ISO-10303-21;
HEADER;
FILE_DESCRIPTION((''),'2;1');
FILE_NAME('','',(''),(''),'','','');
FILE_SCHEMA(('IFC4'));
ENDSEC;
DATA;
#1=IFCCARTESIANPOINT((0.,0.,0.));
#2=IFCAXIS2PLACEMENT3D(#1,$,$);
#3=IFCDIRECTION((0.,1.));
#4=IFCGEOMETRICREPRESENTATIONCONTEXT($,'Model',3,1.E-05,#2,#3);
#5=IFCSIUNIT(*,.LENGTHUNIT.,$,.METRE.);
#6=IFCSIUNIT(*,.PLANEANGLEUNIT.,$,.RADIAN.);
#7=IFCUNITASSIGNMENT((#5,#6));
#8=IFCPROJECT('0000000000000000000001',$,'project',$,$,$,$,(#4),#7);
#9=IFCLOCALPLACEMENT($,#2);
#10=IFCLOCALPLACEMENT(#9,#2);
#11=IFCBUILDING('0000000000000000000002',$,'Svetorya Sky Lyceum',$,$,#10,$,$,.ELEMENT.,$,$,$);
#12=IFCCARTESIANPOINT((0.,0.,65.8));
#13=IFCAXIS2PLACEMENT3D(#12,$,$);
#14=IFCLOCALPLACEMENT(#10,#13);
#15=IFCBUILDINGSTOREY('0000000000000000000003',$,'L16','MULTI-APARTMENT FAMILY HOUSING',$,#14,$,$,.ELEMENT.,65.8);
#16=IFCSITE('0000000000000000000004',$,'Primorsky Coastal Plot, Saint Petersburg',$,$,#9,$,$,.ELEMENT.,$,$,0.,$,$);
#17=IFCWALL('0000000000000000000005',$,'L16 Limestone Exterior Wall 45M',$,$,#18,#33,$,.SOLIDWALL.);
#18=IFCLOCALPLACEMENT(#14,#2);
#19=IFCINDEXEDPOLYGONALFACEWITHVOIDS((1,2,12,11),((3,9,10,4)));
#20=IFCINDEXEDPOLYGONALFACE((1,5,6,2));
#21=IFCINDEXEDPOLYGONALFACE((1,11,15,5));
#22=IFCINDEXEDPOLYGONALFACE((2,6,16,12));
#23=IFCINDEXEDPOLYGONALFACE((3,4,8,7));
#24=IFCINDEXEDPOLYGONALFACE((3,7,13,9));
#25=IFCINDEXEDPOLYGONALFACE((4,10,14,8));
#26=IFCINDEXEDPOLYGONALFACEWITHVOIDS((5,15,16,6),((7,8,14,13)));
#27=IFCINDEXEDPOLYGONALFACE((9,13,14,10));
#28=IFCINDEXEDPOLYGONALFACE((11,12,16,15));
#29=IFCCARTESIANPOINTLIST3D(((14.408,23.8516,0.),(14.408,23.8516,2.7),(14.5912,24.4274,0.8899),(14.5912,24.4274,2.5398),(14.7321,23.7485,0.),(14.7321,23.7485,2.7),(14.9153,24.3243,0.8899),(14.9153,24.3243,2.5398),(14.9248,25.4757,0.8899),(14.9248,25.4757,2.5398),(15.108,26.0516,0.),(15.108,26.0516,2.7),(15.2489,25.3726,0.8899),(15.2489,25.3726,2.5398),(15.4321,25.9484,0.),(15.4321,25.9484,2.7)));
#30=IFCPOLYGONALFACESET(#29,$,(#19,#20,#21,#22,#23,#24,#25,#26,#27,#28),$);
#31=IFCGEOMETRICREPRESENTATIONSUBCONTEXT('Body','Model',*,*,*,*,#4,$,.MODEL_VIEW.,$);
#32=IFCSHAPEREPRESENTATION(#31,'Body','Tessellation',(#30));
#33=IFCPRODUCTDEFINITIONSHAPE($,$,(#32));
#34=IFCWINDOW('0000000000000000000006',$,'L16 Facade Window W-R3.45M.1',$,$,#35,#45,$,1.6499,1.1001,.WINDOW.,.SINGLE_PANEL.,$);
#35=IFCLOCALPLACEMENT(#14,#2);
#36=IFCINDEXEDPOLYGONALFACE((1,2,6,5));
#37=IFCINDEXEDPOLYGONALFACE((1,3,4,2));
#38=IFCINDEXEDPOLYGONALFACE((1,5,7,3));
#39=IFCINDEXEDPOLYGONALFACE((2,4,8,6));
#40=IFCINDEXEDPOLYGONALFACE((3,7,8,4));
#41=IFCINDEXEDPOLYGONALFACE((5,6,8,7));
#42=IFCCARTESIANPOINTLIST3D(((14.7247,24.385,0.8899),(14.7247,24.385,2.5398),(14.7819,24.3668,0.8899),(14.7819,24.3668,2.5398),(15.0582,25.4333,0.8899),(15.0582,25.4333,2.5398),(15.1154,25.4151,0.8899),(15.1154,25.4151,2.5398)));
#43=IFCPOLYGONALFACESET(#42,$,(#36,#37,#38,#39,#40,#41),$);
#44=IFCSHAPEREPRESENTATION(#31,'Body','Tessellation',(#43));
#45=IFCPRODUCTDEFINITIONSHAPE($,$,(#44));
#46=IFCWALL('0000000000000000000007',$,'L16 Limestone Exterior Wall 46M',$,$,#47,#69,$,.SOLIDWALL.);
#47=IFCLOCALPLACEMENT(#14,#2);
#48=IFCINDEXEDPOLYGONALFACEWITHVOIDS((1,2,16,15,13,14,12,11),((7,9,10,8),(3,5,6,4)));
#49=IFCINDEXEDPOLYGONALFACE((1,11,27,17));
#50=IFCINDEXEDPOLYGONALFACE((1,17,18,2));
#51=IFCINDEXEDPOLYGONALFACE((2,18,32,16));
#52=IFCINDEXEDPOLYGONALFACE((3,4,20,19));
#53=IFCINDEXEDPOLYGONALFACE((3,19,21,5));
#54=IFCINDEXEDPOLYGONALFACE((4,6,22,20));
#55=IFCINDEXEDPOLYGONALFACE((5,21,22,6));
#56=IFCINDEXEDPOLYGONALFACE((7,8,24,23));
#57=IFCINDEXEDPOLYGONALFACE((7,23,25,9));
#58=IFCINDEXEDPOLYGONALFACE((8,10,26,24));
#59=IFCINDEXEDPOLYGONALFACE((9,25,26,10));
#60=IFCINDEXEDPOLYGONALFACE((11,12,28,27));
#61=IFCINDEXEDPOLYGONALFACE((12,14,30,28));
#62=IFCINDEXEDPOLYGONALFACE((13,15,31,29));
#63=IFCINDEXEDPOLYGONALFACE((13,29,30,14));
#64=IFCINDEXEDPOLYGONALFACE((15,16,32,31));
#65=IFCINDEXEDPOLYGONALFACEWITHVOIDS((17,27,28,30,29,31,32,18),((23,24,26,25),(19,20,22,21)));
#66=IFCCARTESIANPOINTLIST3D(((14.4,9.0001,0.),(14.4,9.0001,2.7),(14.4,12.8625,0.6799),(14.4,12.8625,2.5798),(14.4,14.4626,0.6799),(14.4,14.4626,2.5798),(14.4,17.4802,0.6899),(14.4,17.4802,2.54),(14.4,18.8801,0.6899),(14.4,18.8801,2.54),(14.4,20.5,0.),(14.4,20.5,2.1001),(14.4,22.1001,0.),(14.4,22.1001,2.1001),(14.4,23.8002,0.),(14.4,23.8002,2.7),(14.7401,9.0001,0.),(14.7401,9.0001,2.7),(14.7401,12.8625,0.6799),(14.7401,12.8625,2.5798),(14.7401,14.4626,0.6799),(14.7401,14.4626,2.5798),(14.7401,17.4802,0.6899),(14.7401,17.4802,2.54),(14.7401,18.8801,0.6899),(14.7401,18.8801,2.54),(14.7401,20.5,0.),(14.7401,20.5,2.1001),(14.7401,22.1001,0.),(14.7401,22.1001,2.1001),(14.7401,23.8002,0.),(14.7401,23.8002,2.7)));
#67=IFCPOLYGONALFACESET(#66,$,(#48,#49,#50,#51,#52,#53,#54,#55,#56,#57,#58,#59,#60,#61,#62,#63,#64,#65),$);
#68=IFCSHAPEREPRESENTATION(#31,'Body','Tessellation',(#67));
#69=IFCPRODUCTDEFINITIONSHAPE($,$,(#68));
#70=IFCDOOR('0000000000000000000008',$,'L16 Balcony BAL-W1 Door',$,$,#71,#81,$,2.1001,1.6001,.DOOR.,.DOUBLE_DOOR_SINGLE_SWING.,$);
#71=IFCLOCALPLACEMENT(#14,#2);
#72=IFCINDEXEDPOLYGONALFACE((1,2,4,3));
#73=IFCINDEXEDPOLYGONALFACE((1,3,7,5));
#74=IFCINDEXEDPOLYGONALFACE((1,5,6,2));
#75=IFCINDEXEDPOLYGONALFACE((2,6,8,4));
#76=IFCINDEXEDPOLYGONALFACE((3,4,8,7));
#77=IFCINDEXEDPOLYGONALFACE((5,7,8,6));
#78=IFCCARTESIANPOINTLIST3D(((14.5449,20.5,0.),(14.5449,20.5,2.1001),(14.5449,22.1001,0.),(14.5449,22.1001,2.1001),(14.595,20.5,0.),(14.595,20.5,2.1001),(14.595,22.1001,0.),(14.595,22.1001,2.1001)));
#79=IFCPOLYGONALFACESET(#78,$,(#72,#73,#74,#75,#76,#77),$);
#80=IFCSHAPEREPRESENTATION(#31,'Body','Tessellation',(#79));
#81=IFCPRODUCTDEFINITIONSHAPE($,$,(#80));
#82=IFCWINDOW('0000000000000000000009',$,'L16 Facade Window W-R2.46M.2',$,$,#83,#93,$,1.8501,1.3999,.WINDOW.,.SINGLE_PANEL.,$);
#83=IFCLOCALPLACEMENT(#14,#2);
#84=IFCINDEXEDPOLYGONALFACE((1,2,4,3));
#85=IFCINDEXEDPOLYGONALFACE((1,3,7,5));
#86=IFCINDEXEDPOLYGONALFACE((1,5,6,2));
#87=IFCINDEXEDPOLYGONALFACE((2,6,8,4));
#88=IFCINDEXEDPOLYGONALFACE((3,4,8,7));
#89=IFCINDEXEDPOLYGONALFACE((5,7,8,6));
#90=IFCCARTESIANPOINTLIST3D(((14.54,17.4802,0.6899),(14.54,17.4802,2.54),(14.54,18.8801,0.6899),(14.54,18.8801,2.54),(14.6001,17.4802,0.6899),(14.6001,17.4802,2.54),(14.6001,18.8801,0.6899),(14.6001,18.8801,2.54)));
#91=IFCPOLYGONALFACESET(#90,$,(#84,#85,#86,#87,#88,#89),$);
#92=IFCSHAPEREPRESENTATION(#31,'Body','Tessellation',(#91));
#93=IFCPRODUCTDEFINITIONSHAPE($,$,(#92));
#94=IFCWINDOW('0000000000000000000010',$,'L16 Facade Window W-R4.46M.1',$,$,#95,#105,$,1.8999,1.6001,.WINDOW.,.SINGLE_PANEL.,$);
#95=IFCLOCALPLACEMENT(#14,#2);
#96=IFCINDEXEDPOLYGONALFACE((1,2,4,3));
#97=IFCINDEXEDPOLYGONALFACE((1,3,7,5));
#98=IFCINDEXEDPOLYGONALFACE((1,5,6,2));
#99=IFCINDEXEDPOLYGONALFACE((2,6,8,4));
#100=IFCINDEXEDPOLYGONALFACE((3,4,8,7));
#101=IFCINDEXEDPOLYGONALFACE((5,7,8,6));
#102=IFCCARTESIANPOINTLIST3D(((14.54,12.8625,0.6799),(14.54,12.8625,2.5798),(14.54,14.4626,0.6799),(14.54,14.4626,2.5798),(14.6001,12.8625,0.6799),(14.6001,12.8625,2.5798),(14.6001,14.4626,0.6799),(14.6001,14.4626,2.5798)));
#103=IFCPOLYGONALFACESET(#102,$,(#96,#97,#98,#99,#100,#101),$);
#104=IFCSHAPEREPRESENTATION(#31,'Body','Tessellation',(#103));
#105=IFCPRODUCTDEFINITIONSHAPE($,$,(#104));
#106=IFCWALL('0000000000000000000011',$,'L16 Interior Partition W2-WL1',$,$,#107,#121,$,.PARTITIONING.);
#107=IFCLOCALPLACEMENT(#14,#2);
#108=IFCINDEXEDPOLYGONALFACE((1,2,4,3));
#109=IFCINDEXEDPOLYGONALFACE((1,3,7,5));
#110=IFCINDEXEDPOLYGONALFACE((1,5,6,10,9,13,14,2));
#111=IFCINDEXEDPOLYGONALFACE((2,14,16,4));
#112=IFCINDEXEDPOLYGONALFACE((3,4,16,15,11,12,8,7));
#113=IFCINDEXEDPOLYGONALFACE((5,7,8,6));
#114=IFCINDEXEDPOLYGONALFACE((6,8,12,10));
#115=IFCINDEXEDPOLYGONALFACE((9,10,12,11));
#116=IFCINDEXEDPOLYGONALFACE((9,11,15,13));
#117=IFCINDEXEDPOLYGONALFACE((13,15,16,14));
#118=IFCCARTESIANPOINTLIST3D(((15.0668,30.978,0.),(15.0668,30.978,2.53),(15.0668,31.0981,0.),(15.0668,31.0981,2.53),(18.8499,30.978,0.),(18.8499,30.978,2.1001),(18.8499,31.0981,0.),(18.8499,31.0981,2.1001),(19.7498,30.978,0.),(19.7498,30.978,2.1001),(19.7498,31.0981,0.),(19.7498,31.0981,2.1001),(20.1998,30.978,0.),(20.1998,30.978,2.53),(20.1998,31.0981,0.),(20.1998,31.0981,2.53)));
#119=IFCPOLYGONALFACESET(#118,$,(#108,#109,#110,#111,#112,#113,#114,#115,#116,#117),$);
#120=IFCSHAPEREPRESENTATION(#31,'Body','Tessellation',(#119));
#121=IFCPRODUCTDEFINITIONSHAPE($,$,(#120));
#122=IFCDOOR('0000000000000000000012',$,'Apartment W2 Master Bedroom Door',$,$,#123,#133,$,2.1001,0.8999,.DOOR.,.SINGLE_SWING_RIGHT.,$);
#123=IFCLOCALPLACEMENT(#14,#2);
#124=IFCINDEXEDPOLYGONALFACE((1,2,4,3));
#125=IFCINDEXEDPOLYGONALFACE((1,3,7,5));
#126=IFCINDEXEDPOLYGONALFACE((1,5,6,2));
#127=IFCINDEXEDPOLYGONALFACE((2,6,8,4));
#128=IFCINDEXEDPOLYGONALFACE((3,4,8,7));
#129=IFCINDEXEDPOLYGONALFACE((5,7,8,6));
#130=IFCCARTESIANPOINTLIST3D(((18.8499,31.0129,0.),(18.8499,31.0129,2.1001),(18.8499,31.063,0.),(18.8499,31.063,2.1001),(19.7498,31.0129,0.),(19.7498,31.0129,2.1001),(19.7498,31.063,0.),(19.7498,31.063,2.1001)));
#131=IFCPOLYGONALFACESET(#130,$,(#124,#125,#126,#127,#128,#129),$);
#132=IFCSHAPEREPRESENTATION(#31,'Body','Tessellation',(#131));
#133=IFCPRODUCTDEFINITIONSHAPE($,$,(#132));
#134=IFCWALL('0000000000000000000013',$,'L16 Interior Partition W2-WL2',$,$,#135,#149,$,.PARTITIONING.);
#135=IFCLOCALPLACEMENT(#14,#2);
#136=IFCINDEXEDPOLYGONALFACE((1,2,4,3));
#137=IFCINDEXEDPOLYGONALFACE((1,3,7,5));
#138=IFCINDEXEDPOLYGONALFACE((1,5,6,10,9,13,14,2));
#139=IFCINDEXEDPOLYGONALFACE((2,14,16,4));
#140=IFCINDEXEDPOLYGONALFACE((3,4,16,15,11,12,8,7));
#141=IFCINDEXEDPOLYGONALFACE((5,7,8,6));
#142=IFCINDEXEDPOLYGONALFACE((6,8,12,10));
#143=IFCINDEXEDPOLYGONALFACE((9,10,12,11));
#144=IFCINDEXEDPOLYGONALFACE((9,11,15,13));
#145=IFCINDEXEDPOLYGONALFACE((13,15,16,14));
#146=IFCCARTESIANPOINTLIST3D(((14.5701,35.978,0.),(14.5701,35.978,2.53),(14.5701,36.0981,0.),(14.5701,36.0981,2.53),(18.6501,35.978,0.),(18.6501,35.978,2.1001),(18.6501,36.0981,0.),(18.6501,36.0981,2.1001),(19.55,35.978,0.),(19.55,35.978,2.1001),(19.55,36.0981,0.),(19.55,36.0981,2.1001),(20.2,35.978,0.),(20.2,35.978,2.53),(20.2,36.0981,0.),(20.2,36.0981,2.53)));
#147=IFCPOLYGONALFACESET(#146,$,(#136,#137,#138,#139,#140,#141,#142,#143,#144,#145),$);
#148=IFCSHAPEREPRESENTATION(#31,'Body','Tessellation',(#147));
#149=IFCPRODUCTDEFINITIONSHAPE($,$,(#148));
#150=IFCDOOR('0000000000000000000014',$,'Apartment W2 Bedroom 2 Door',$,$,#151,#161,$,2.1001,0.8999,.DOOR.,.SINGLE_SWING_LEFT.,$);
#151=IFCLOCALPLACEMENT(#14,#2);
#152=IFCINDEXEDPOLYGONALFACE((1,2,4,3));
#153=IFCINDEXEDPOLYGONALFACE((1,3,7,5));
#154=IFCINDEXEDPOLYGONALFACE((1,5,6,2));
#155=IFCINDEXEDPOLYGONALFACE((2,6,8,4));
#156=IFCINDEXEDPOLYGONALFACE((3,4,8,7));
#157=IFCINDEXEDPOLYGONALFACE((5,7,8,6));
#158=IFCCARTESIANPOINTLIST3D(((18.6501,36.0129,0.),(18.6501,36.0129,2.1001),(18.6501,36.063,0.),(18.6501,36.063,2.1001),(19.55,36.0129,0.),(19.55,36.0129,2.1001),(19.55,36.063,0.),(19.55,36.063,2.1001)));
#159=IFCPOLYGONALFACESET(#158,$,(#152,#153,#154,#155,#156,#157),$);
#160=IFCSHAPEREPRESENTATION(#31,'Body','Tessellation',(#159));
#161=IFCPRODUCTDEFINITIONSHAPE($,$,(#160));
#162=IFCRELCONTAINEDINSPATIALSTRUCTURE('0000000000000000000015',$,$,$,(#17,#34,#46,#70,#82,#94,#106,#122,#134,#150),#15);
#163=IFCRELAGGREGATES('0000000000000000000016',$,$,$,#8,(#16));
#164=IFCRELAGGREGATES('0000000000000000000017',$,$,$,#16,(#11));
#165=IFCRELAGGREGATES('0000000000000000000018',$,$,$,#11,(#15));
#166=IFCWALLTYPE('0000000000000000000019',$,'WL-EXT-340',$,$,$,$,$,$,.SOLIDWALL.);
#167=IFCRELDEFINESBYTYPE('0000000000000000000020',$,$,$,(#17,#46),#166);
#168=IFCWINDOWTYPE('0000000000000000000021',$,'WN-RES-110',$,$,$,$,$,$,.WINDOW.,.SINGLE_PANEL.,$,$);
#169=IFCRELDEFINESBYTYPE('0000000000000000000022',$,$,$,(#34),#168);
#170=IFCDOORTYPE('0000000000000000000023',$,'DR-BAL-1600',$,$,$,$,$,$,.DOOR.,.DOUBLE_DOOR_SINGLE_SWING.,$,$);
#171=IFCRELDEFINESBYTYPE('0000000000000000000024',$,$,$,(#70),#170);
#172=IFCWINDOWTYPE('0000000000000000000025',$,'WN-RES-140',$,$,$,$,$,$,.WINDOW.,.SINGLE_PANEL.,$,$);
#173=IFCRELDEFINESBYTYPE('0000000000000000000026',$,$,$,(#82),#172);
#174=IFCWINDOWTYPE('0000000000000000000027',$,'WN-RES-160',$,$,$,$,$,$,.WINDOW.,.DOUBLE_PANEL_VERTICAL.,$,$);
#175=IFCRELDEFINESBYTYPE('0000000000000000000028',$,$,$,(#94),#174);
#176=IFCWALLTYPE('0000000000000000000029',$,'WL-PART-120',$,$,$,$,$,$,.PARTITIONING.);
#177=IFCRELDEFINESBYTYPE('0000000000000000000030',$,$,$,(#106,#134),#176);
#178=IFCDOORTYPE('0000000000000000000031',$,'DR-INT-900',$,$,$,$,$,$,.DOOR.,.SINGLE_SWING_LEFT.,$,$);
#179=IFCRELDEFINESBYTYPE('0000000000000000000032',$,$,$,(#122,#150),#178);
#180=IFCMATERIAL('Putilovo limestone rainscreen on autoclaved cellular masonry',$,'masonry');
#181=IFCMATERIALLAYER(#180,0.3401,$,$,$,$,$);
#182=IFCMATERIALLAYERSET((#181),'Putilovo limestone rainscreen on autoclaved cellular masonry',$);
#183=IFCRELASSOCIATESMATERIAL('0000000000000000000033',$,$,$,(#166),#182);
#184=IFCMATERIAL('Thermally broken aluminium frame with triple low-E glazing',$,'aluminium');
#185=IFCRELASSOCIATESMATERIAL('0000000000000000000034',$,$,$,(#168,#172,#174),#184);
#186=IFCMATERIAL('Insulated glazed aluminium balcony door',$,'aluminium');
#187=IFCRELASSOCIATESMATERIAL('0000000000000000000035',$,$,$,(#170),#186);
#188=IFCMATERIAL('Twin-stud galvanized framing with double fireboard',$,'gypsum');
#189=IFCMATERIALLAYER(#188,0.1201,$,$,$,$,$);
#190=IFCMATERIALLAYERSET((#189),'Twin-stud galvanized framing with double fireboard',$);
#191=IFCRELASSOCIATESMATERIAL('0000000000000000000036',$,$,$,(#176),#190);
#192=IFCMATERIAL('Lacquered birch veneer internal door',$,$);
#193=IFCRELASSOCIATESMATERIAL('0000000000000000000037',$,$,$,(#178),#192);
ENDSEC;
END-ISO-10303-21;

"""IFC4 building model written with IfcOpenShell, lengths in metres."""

from ifc_helpers import new_model, si_unit, direction, frame, frame_2d, origin, place, context, subcontext, project, spatial, rectangle, extrude, material, layer, layer_set, type_object, element, fill, save


model = new_model("IFC4")

# Units and contexts
model_context = context("Model", 3, precision=1e-05, world=origin(), true_north=direction((0.0, 1.0)))
body_context = subcontext(model_context, "Body", "Model", "MODEL_VIEW")
ifc_project = project(units=[si_unit("LENGTHUNIT", "METRE"), si_unit("PLANEANGLEUNIT", "RADIAN")], contexts=[model_context])

# Site, building, storey
site_placement = place(None, origin())
site = spatial("IfcSite", under=ifc_project, at=site_placement, Name="Primorsky Coastal Plot, Saint Petersburg", CompositionType="ELEMENT", RefElevation=0.0)
building_placement = place(site_placement, origin())
building = spatial("IfcBuilding", under=site, at=building_placement, Name="Svetorya Sky Lyceum", CompositionType="ELEMENT")
storey_placement = place(building_placement, frame((0.0, 0.0, 65.8)))
storey = spatial("IfcBuildingStorey", under=building, at=storey_placement, Name="L16", Description="MULTI-APARTMENT FAMILY HOUSING", CompositionType="ELEMENT", Elevation=65.8)

# Shared definitions
ifc_material_1 = material(Name="Putilovo limestone rainscreen on autoclaved cellular masonry", Category="masonry")
ifc_layer_1 = layer(ifc_material_1, 0.3401)
ifc_layer_set_1 = layer_set([ifc_layer_1], Name="Putilovo limestone rainscreen on autoclaved cellular masonry")
wall_type_1 = type_object("IfcWallType", Name="WL-EXT-340", PredefinedType="SOLIDWALL", material=ifc_layer_set_1)
ifc_material_2 = material(Name="Thermally broken aluminium frame with triple low-E glazing", Category="aluminium")
window_type_1 = type_object("IfcWindowType", Name="WN-RES-110", PartitioningType="SINGLE_PANEL", PredefinedType="WINDOW", material=ifc_material_2)

# Wall, opening, window
wall_1_placement = place(storey_placement, frame((15.27, 26.0, 0.0), z_axis=(0.0, 0.0, 1.0), x_axis=(-0.303191, -0.95293, 0.0)))
wall_1 = element("IfcWall", 1, at=wall_1_placement, inside=storey, type_object=wall_type_1, Name="L16 Limestone Exterior Wall 45M", PredefinedType="SOLIDWALL", context=body_context, shape_type="SweptSolid", body=[
    extrude(rectangle(XDim=2.3086, YDim=0.3401, at=frame_2d((1.1543, 0.0))), origin(), (0.0, 0.0, 1.0), 2.7),
])
opening_1_placement = place(wall_1_placement, frame((0.6042, 0.0, 0.8899)))
opening_1 = element("IfcOpeningElement", 2, at=opening_1_placement, cuts=wall_1, PredefinedType="OPENING", context=body_context, shape_type="SweptSolid", body=[
    extrude(rectangle(XDim=1.1001, YDim=1.6499, at=frame_2d((0.55, 0.825))), frame((0.0, 0.1799, 0.0), z_axis=(0.0, -1.0, 0.0), x_axis=(1.0, 0.0, 0.0)), (0.0, 0.0, 1.0), 0.3601),
])
window_1_placement = place(opening_1_placement, origin())
window_1 = element("IfcWindow", 3, at=window_1_placement, inside=storey, type_object=window_type_1, Name="L16 Facade Window W-R3.45M.1", OverallHeight=1.6499, OverallWidth=1.1001, PartitioningType="SINGLE_PANEL", PredefinedType="WINDOW", context=body_context, shape_type="SweptSolid", body=[
    extrude(rectangle(XDim=1.1001, YDim=1.6499, at=frame_2d((0.55, 0.825))), frame((0.0, 0.03, 0.0), z_axis=(0.0, -1.0, 0.0), x_axis=(1.0, 0.0, 0.0)), (0.0, 0.0, 1.0), 0.0601),
])
fill(opening_1, window_1)

# Wall, openings, door, windows
wall_2_placement = place(storey_placement, frame((14.5701, 23.8, 0.0), z_axis=(0.0, 0.0, 1.0), x_axis=(0.0, -1.0, 0.0)))
wall_2 = element("IfcWall", 4, at=wall_2_placement, inside=storey, type_object=wall_type_1, Name="L16 Limestone Exterior Wall 46M", PredefinedType="SOLIDWALL", context=body_context, shape_type="SweptSolid", body=[
    extrude(rectangle(XDim=14.8, YDim=0.3401, at=frame_2d((7.3999, 0.0))), origin(), (0.0, 0.0, 1.0), 2.7),
])
opening_2_placement = place(wall_2_placement, frame((1.7, 0.0, 0.0)))
opening_2 = element("IfcOpeningElement", 5, at=opening_2_placement, cuts=wall_2, PredefinedType="OPENING", context=body_context, shape_type="SweptSolid", body=[
    extrude(rectangle(XDim=1.6001, YDim=2.1001, at=frame_2d((0.8, 1.05))), frame((0.0, 0.1799, 0.0), z_axis=(0.0, -1.0, 0.0), x_axis=(1.0, 0.0, 0.0)), (0.0, 0.0, 1.0), 0.3601),
])
opening_3_placement = place(wall_2_placement, frame((4.9199, 0.0, 0.6899)))
opening_3 = element("IfcOpeningElement", 6, at=opening_3_placement, cuts=wall_2, PredefinedType="OPENING", context=body_context, shape_type="SweptSolid", body=[
    extrude(rectangle(XDim=1.3999, YDim=1.8501, at=frame_2d((0.7, 0.925))), frame((0.0, 0.1799, 0.0), z_axis=(0.0, -1.0, 0.0), x_axis=(1.0, 0.0, 0.0)), (0.0, 0.0, 1.0), 0.3601),
])
opening_4_placement = place(wall_2_placement, frame((9.3374, 0.0, 0.6799)))
opening_4 = element("IfcOpeningElement", 7, at=opening_4_placement, cuts=wall_2, PredefinedType="OPENING", context=body_context, shape_type="SweptSolid", body=[
    extrude(rectangle(XDim=1.6001, YDim=1.8999, at=frame_2d((0.8, 0.95))), frame((0.0, 0.1799, 0.0), z_axis=(0.0, -1.0, 0.0), x_axis=(1.0, 0.0, 0.0)), (0.0, 0.0, 1.0), 0.3601),
])
ifc_material_3 = material(Name="Insulated glazed aluminium balcony door", Category="aluminium")
door_type_1 = type_object("IfcDoorType", Name="DR-BAL-1600", OperationType="DOUBLE_DOOR_SINGLE_SWING", PredefinedType="DOOR", material=ifc_material_3)
door_1_placement = place(opening_2_placement, origin())
door_1 = element("IfcDoor", 8, at=door_1_placement, inside=storey, type_object=door_type_1, Name="L16 Balcony BAL-W1 Door", OperationType="DOUBLE_DOOR_SINGLE_SWING", OverallHeight=2.1001, OverallWidth=1.6001, PredefinedType="DOOR", context=body_context, shape_type="SweptSolid", body=[
    extrude(rectangle(XDim=1.6001, YDim=2.1001, at=frame_2d((0.8, 1.05))), frame((0.0, 0.0249, 0.0), z_axis=(0.0, -1.0, 0.0), x_axis=(1.0, 0.0, 0.0)), (0.0, 0.0, 1.0), 0.05),
])
fill(opening_2, door_1)
window_type_2 = type_object("IfcWindowType", Name="WN-RES-140", PartitioningType="SINGLE_PANEL", PredefinedType="WINDOW", material=ifc_material_2)
window_2_placement = place(opening_3_placement, origin())
window_2 = element("IfcWindow", 9, at=window_2_placement, inside=storey, type_object=window_type_2, Name="L16 Facade Window W-R2.46M.2", OverallHeight=1.8501, OverallWidth=1.3999, PartitioningType="SINGLE_PANEL", PredefinedType="WINDOW", context=body_context, shape_type="SweptSolid", body=[
    extrude(rectangle(XDim=1.3999, YDim=1.8501, at=frame_2d((0.7, 0.925))), frame((0.0, 0.03, 0.0), z_axis=(0.0, -1.0, 0.0), x_axis=(1.0, 0.0, 0.0)), (0.0, 0.0, 1.0), 0.0601),
])
fill(opening_3, window_2)
window_type_3 = type_object("IfcWindowType", Name="WN-RES-160", PartitioningType="DOUBLE_PANEL_VERTICAL", PredefinedType="WINDOW", material=ifc_material_2)
window_3_placement = place(opening_4_placement, origin())
window_3 = element("IfcWindow", 10, at=window_3_placement, inside=storey, type_object=window_type_3, Name="L16 Facade Window W-R4.46M.1", OverallHeight=1.8999, OverallWidth=1.6001, PartitioningType="SINGLE_PANEL", PredefinedType="WINDOW", context=body_context, shape_type="SweptSolid", body=[
    extrude(rectangle(XDim=1.6001, YDim=1.8999, at=frame_2d((0.8, 0.95))), frame((0.0, 0.03, 0.0), z_axis=(0.0, -1.0, 0.0), x_axis=(1.0, 0.0, 0.0)), (0.0, 0.0, 1.0), 0.0601),
])
fill(opening_4, window_3)

# Walls, openings, doors
ifc_material_4 = material(Name="Twin-stud galvanized framing with double fireboard", Category="gypsum")
ifc_layer_2 = layer(ifc_material_4, 0.1201)
ifc_layer_set_2 = layer_set([ifc_layer_2], Name="Twin-stud galvanized framing with double fireboard")
wall_type_2 = type_object("IfcWallType", Name="WL-PART-120", PredefinedType="PARTITIONING", material=ifc_layer_set_2)
wall_3_placement = place(storey_placement, frame((15.0669, 31.0381, 0.0), z_axis=(0.0, 0.0, 1.0), x_axis=(1.0, 0.0, 0.0)))
wall_3 = element("IfcWall", 11, at=wall_3_placement, inside=storey, type_object=wall_type_2, Name="L16 Interior Partition W2-WL1", PredefinedType="PARTITIONING", context=body_context, shape_type="SweptSolid", body=[
    extrude(rectangle(XDim=5.1331, YDim=0.1201, at=frame_2d((2.5664, 0.0))), origin(), (0.0, 0.0, 1.0), 2.53),
])
opening_5_placement = place(wall_3_placement, frame((3.783, 0.0, 0.0)))
opening_5 = element("IfcOpeningElement", 12, at=opening_5_placement, cuts=wall_3, PredefinedType="OPENING", context=body_context, shape_type="SweptSolid", body=[
    extrude(rectangle(XDim=0.8999, YDim=2.1001, at=frame_2d((0.45, 1.05))), frame((0.0, 0.0701, 0.0), z_axis=(0.0, -1.0, 0.0), x_axis=(1.0, 0.0, 0.0)), (0.0, 0.0, 1.0), 0.1401),
])
ifc_material_5 = material(Name="Lacquered birch veneer internal door")
door_type_2 = type_object("IfcDoorType", Name="DR-INT-900", OperationType="SINGLE_SWING_LEFT", PredefinedType="DOOR", material=ifc_material_5)
door_2_placement = place(opening_5_placement, origin())
door_2 = element("IfcDoor", 13, at=door_2_placement, inside=storey, type_object=door_type_2, Name="Apartment W2 Master Bedroom Door", OperationType="SINGLE_SWING_RIGHT", OverallHeight=2.1001, OverallWidth=0.8999, PredefinedType="DOOR", context=body_context, shape_type="SweptSolid", body=[
    extrude(rectangle(XDim=0.8999, YDim=2.1001, at=frame_2d((0.45, 1.05))), frame((0.0, 0.0249, 0.0), z_axis=(0.0, -1.0, 0.0), x_axis=(1.0, 0.0, 0.0)), (0.0, 0.0, 1.0), 0.05),
])
fill(opening_5, door_2)
wall_4_placement = place(storey_placement, frame((14.5701, 36.0381, 0.0), z_axis=(0.0, 0.0, 1.0), x_axis=(1.0, 0.0, 0.0)))
wall_4 = element("IfcWall", 14, at=wall_4_placement, inside=storey, type_object=wall_type_2, Name="L16 Interior Partition W2-WL2", PredefinedType="PARTITIONING", context=body_context, shape_type="SweptSolid", body=[
    extrude(rectangle(XDim=5.6299, YDim=0.1201, at=frame_2d((2.8149, 0.0))), origin(), (0.0, 0.0, 1.0), 2.53),
])
opening_6_placement = place(wall_4_placement, frame((4.0801, 0.0, 0.0)))
opening_6 = element("IfcOpeningElement", 15, at=opening_6_placement, cuts=wall_4, PredefinedType="OPENING", context=body_context, shape_type="SweptSolid", body=[
    extrude(rectangle(XDim=0.8999, YDim=2.1001, at=frame_2d((0.45, 1.05))), frame((0.0, 0.0701, 0.0), z_axis=(0.0, -1.0, 0.0), x_axis=(1.0, 0.0, 0.0)), (0.0, 0.0, 1.0), 0.1401),
])
door_3_placement = place(opening_6_placement, origin())
door_3 = element("IfcDoor", 16, at=door_3_placement, inside=storey, type_object=door_type_2, Name="Apartment W2 Bedroom 2 Door", OperationType="SINGLE_SWING_LEFT", OverallHeight=2.1001, OverallWidth=0.8999, PredefinedType="DOOR", context=body_context, shape_type="SweptSolid", body=[
    extrude(rectangle(XDim=0.8999, YDim=2.1001, at=frame_2d((0.45, 1.05))), frame((0.0, 0.0249, 0.0), z_axis=(0.0, -1.0, 0.0), x_axis=(1.0, 0.0, 0.0)), (0.0, 0.0, 1.0), 0.05),
])
fill(opening_6, door_3)

save(model, "model.ifc")
